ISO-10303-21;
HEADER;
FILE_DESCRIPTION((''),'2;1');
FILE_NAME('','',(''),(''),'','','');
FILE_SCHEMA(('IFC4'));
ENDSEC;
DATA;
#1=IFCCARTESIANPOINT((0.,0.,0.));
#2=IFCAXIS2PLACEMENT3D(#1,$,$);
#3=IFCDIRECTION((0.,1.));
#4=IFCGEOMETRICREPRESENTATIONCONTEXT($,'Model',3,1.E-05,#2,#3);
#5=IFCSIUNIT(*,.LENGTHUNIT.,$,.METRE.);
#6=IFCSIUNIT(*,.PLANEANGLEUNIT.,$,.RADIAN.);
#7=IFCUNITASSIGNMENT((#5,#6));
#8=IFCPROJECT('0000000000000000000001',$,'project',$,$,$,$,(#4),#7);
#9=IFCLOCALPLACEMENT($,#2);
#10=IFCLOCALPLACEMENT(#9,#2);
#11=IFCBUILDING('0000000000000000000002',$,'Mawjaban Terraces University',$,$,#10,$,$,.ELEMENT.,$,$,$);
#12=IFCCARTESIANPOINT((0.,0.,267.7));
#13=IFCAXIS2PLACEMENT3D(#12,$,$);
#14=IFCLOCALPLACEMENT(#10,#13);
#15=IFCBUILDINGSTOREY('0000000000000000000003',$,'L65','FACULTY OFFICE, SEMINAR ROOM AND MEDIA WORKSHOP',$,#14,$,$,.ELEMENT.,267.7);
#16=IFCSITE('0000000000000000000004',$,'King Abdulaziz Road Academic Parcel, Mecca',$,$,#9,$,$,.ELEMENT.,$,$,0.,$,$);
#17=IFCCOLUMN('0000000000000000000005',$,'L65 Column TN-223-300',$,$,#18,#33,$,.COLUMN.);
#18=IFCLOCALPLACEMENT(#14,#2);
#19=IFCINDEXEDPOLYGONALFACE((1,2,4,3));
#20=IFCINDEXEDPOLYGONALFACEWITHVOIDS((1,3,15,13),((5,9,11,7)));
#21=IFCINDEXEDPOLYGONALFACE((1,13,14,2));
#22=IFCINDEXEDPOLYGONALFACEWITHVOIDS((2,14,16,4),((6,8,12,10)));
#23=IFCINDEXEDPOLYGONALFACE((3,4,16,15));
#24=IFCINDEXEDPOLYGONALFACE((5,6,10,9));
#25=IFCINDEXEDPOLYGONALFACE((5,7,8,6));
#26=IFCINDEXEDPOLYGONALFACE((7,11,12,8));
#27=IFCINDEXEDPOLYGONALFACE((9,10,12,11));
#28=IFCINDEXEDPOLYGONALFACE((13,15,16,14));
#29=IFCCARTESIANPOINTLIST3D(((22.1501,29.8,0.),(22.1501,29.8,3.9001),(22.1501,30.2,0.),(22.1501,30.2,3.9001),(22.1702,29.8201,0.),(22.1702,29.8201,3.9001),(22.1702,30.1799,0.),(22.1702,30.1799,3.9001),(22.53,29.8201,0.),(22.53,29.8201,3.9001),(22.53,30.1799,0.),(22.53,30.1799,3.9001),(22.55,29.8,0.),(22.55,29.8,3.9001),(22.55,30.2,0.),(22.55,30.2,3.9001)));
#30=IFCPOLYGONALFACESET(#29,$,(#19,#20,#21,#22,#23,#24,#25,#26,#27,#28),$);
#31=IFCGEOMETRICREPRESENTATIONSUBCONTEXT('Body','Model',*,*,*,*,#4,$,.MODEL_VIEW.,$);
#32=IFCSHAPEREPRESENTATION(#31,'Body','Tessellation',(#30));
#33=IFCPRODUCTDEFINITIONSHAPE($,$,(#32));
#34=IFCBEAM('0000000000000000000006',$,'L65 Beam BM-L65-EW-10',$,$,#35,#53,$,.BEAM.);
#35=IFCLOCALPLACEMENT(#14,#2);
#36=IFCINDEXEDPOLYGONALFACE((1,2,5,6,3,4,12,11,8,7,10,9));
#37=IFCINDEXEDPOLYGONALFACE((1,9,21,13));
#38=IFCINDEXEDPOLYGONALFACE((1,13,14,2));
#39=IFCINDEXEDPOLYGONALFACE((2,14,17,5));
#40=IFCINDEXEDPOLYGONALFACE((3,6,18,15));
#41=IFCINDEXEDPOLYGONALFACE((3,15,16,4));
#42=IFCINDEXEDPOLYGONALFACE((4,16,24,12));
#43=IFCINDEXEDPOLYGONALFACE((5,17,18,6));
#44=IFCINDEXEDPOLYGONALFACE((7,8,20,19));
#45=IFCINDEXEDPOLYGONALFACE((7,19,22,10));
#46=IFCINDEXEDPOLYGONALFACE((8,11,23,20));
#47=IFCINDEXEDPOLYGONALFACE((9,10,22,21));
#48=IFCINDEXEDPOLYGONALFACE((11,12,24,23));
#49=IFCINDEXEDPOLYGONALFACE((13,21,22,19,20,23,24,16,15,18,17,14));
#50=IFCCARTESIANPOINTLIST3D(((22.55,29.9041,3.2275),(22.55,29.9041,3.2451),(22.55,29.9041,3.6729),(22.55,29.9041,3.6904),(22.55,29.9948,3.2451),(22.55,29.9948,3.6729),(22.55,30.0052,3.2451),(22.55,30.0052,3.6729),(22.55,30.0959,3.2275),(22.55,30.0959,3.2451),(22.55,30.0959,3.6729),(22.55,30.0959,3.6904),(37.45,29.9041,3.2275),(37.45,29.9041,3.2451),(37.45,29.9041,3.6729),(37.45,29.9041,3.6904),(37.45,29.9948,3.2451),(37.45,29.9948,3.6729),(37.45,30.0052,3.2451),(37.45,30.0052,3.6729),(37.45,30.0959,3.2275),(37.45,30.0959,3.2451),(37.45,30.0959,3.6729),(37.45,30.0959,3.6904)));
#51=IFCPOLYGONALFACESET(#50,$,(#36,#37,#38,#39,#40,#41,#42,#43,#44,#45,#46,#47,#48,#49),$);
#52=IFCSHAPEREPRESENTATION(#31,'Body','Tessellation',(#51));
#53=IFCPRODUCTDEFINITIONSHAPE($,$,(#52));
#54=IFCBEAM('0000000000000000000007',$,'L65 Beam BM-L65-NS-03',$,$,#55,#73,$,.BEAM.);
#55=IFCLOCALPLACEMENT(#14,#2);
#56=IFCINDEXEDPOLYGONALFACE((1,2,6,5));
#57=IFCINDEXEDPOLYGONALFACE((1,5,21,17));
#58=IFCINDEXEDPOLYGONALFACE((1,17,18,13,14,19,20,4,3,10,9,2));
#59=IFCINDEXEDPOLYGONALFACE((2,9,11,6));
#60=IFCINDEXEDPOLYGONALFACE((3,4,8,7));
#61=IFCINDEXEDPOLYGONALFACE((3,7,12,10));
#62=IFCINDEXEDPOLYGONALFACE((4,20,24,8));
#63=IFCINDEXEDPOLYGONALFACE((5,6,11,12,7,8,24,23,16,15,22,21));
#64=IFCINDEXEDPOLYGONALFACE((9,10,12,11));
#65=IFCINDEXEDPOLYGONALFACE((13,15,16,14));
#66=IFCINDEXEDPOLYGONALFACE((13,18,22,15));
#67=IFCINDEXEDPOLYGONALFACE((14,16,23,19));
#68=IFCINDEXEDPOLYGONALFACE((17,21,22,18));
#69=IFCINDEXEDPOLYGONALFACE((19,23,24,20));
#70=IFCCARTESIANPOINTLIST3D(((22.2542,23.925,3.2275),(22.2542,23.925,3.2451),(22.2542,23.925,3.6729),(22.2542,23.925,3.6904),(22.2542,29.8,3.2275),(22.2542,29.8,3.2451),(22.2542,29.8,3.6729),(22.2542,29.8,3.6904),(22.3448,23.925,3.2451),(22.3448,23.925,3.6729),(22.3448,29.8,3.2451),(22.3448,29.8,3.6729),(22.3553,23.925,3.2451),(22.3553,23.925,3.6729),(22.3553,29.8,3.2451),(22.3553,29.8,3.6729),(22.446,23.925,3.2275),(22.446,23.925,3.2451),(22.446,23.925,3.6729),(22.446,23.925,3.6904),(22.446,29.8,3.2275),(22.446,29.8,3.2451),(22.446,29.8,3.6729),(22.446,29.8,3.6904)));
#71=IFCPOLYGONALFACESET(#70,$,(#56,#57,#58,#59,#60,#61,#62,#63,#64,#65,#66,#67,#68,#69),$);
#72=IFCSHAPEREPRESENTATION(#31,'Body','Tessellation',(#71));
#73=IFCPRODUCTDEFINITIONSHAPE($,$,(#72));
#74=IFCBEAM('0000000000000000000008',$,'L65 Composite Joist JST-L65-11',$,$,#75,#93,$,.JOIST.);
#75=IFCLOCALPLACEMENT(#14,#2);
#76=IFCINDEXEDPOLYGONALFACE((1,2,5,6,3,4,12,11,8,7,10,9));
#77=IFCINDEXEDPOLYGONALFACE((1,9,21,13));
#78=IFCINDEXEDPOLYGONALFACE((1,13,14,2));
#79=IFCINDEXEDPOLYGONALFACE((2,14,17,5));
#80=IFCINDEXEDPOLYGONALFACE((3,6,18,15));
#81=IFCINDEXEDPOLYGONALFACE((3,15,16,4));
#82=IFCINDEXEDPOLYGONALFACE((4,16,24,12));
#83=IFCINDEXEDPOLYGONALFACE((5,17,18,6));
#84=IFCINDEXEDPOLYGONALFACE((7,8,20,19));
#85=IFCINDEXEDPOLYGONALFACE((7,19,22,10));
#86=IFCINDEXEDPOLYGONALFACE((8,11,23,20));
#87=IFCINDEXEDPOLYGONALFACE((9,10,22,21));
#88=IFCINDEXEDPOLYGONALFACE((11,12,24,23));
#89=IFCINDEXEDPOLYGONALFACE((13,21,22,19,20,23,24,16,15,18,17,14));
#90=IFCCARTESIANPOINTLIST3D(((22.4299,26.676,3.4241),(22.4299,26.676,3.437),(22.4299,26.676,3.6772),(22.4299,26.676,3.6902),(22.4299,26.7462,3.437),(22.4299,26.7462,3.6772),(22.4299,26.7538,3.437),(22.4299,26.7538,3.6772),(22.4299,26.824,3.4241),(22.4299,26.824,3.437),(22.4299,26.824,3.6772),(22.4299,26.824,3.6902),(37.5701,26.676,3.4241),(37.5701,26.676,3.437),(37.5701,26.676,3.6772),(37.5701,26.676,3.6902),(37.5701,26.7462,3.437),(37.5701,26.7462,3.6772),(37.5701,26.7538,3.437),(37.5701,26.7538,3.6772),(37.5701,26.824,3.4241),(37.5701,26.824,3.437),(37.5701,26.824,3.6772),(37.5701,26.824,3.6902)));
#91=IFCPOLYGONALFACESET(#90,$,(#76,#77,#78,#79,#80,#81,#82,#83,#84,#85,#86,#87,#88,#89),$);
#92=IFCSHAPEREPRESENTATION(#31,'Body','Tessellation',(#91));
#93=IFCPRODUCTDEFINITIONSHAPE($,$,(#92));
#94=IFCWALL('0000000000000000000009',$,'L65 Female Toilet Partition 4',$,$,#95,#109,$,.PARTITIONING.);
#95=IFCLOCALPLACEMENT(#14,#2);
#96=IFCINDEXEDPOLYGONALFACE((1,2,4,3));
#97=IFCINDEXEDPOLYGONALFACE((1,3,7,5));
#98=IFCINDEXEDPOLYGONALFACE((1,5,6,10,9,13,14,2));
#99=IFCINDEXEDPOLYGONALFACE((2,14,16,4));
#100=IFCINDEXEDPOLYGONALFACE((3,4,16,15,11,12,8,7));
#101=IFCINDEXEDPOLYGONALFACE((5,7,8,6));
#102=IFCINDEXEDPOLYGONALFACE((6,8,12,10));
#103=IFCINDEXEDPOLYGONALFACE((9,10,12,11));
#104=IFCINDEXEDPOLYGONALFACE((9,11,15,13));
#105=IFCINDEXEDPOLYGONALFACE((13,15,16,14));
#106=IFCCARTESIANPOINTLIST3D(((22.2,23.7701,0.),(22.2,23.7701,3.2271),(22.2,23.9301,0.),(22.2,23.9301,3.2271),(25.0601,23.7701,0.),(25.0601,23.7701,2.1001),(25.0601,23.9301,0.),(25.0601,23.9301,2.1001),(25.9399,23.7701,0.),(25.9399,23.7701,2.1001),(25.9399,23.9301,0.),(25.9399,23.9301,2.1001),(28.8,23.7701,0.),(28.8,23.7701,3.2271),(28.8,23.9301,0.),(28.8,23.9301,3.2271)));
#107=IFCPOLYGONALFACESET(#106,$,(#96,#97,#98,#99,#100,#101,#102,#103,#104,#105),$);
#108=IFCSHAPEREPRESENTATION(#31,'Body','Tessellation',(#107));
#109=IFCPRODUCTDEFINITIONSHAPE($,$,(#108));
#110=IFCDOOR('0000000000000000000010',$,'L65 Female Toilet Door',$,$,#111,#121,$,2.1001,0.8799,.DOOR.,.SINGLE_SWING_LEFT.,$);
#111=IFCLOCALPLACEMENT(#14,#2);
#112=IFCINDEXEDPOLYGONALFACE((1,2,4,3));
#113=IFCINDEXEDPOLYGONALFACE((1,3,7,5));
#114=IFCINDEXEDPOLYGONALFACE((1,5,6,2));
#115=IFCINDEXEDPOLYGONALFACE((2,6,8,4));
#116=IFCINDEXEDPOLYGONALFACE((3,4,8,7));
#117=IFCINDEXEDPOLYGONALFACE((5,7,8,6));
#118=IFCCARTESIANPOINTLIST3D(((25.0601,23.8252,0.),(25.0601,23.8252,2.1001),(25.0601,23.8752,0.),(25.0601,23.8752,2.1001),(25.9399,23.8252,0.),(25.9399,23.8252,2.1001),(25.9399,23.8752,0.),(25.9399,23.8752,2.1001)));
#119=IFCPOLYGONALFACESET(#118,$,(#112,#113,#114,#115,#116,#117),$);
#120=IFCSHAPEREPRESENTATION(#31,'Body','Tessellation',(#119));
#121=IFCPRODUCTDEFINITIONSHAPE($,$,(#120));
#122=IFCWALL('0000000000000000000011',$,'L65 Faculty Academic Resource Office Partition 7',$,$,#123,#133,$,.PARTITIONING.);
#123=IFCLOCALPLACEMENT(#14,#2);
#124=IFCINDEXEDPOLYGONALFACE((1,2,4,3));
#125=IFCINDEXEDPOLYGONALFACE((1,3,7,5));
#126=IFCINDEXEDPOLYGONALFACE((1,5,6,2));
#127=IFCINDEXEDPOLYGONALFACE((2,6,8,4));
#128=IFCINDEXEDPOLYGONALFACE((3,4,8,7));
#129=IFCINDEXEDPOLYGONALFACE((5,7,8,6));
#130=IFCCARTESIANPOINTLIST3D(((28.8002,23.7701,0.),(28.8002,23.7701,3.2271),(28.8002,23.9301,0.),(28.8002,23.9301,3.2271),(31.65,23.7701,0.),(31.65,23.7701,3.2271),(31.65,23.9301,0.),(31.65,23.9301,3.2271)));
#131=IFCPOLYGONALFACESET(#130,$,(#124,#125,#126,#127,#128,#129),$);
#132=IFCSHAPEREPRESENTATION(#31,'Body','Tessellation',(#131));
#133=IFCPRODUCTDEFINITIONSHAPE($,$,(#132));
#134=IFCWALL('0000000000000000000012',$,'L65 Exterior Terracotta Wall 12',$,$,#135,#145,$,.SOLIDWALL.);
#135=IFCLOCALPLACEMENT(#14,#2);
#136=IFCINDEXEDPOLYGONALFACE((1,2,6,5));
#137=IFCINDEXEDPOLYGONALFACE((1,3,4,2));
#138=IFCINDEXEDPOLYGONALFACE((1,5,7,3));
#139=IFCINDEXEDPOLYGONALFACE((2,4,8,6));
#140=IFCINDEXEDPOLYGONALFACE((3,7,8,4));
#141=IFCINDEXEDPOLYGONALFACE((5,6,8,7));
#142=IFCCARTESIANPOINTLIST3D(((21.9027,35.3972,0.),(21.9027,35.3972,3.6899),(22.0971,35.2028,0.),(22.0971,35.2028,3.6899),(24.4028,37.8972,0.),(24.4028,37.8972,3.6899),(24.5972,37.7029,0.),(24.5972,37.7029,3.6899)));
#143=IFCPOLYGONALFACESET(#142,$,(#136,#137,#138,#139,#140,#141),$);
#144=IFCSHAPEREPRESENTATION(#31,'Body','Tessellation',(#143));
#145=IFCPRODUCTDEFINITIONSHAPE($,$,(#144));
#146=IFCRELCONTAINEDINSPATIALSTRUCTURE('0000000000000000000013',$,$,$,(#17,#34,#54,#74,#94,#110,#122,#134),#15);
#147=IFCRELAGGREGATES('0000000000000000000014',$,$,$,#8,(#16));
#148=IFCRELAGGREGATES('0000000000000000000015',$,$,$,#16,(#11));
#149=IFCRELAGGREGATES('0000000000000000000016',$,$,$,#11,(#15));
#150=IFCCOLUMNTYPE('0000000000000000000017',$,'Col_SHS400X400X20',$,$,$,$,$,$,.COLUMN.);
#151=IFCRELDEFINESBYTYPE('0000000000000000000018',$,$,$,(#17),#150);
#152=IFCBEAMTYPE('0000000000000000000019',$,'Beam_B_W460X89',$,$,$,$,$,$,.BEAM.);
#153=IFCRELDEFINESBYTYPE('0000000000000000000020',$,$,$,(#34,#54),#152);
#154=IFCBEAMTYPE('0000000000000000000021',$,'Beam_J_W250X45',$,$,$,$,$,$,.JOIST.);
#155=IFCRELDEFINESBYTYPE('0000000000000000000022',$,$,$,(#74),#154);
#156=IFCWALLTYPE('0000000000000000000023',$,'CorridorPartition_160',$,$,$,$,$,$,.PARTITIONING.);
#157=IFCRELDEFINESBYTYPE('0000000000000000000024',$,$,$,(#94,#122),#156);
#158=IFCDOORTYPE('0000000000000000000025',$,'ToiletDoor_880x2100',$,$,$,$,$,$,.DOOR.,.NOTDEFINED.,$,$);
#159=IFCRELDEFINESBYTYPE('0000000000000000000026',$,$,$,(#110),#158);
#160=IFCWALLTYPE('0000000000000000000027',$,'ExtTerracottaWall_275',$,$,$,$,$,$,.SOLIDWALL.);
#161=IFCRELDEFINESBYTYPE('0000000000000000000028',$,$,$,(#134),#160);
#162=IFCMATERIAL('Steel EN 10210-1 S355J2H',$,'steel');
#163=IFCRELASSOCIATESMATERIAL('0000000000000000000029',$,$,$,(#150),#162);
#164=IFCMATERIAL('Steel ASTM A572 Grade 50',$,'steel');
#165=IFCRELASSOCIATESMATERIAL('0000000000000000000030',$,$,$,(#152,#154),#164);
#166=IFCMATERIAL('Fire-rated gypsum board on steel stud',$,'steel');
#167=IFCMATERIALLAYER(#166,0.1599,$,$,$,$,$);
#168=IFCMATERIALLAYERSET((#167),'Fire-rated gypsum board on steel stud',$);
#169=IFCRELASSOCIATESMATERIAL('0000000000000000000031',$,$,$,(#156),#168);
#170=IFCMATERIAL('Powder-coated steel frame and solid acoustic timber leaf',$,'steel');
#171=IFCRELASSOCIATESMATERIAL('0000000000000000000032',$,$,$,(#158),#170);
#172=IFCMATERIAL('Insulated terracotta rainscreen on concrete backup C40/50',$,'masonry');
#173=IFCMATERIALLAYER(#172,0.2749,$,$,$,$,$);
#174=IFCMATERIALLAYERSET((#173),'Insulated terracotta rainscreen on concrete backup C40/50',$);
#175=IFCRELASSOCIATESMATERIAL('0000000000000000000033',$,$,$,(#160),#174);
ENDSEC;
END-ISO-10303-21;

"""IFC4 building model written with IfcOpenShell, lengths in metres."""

from ifc_helpers import new_model, si_unit, direction, frame, frame_2d, origin, origin_2d, place, context, subcontext, project, spatial, rectangle, hollow_rectangle, i_section, extrude, material, layer, layer_set, material_profile, profile_set, type_object, element, fill, save


model = new_model("IFC4")

# Units and contexts
model_context = context("Model", 3, precision=1e-05, world=origin(), true_north=direction((0.0, 1.0)))
body_context = subcontext(model_context, "Body", "Model", "MODEL_VIEW")
ifc_project = project(units=[si_unit("LENGTHUNIT", "METRE"), si_unit("PLANEANGLEUNIT", "RADIAN")], contexts=[model_context])

# Site, building, storey
site_placement = place(None, origin())
site = spatial("IfcSite", under=ifc_project, at=site_placement, Name="King Abdulaziz Road Academic Parcel, Mecca", CompositionType="ELEMENT", RefElevation=0.0)
building_placement = place(site_placement, origin())
building = spatial("IfcBuilding", under=site, at=building_placement, Name="Mawjaban Terraces University", CompositionType="ELEMENT")
storey_placement = place(building_placement, frame((0.0, 0.0, 267.7)))
storey = spatial("IfcBuildingStorey", under=building, at=storey_placement, Name="L65", Description="FACULTY OFFICE, SEMINAR ROOM AND MEDIA WORKSHOP", CompositionType="ELEMENT", Elevation=267.7)

# Column
ifc_material_1 = material(Name="Steel EN 10210-1 S355J2H", Category="steel")
ifc_material_profile_1 = material_profile(ifc_material_1, hollow_rectangle(XDim=0.3999, YDim=0.3999, WallThickness=0.02, at=origin_2d()), Name="SHS400X400X20")
ifc_profile_set_1 = profile_set([ifc_material_profile_1], Name="Steel EN 10210-1 S355J2H")
column_type = type_object("IfcColumnType", Name="Col_SHS400X400X20", PredefinedType="COLUMN", material=ifc_profile_set_1)
column_placement = place(storey_placement, frame((22.3501, 30.0, 0.0), z_axis=(0.0, 0.0, 1.0), x_axis=(1.0, 0.0, 0.0)))
element("IfcColumn", 1, at=column_placement, inside=storey, type_object=column_type, Name="L65 Column TN-223-300", PredefinedType="COLUMN", context=body_context, shape_type="SweptSolid", body=[
    extrude(hollow_rectangle(XDim=0.3999, YDim=0.3999, WallThickness=0.02, at=origin_2d()), origin(), (0.0, 0.0, 1.0), 3.9001),
])

# Beams
ifc_material_2 = material(Name="Steel ASTM A572 Grade 50", Category="steel")
ifc_material_profile_2 = material_profile(ifc_material_2, i_section(OverallWidth=0.1919, OverallDepth=0.4629, WebThickness=0.0105, FlangeThickness=0.0176, at=origin_2d()), Name="W460X89")
ifc_profile_set_2 = profile_set([ifc_material_profile_2], Name="Steel ASTM A572 Grade 50")
beam_type_1 = type_object("IfcBeamType", Name="Beam_B_W460X89", PredefinedType="BEAM", material=ifc_profile_set_2)
beam_1_placement = place(storey_placement, frame((22.55, 30.0, 3.459), z_axis=(1.0, 0.0, 0.0), x_axis=(0.0, 1.0, 0.0)))
element("IfcBeam", 2, at=beam_1_placement, inside=storey, type_object=beam_type_1, Name="L65 Beam BM-L65-EW-10", PredefinedType="BEAM", context=body_context, shape_type="SweptSolid", body=[
    extrude(i_section(OverallWidth=0.1919, OverallDepth=0.4629, WebThickness=0.0105, FlangeThickness=0.0176, at=origin_2d()), origin(), (0.0, 0.0, 1.0), 14.8999),
])
beam_2_placement = place(storey_placement, frame((22.3501, 23.925, 3.459), z_axis=(0.0, 1.0, 0.0), x_axis=(-1.0, 0.0, 0.0)))
element("IfcBeam", 3, at=beam_2_placement, inside=storey, type_object=beam_type_1, Name="L65 Beam BM-L65-NS-03", PredefinedType="BEAM", context=body_context, shape_type="SweptSolid", body=[
    extrude(i_section(OverallWidth=0.1919, OverallDepth=0.4629, WebThickness=0.0105, FlangeThickness=0.0176, at=origin_2d()), origin(), (0.0, 0.0, 1.0), 5.875),
])
ifc_material_profile_3 = material_profile(ifc_material_2, i_section(OverallWidth=0.1479, OverallDepth=0.2661, WebThickness=0.0076, FlangeThickness=0.0129, at=origin_2d()), Name="W250X45")
ifc_profile_set_3 = profile_set([ifc_material_profile_3], Name="Steel ASTM A572 Grade 50")
beam_type_2 = type_object("IfcBeamType", Name="Beam_J_W250X45", PredefinedType="JOIST", material=ifc_profile_set_3)
beam_3_placement = place(storey_placement, frame((22.4299, 26.75, 3.5571), z_axis=(1.0, 0.0, 0.0), x_axis=(0.0, 1.0, 0.0)))
element("IfcBeam", 4, at=beam_3_placement, inside=storey, type_object=beam_type_2, Name="L65 Composite Joist JST-L65-11", PredefinedType="JOIST", context=body_context, shape_type="SweptSolid", body=[
    extrude(i_section(OverallWidth=0.1479, OverallDepth=0.2661, WebThickness=0.0076, FlangeThickness=0.0129, at=origin_2d()), origin(), (0.0, 0.0, 1.0), 15.1401),
])

# Wall, opening, door
ifc_material_3 = material(Name="Fire-rated gypsum board on steel stud", Category="steel")
ifc_layer_1 = layer(ifc_material_3, 0.1599)
ifc_layer_set_1 = layer_set([ifc_layer_1], Name="Fire-rated gypsum board on steel stud")
wall_type_1 = type_object("IfcWallType", Name="CorridorPartition_160", PredefinedType="PARTITIONING", material=ifc_layer_set_1)
wall_1_placement = place(storey_placement, frame((28.8, 23.8501, 0.0), z_axis=(0.0, 0.0, 1.0), x_axis=(-1.0, 0.0, 0.0)))
wall_1 = element("IfcWall", 5, at=wall_1_placement, inside=storey, type_object=wall_type_1, Name="L65 Female Toilet Partition 4", PredefinedType="PARTITIONING", context=body_context, shape_type="SweptSolid", body=[
    extrude(rectangle(XDim=6.6001, YDim=0.1599, at=frame_2d((3.3, 0.0))), origin(), (0.0, 0.0, 1.0), 3.2271),
])
opening_1_placement = place(wall_1_placement, frame((2.8601, 0.0, 0.0)))
opening_1 = element("IfcOpeningElement", 6, at=opening_1_placement, cuts=wall_1, PredefinedType="OPENING", context=body_context, shape_type="SweptSolid", body=[
    extrude(rectangle(XDim=0.8799, YDim=2.1001, at=frame_2d((0.4399, 1.05))), frame((0.0, 0.0898, 0.0), z_axis=(0.0, -1.0, 0.0), x_axis=(1.0, 0.0, 0.0)), (0.0, 0.0, 1.0), 0.1799),
])
ifc_material_4 = material(Name="Powder-coated steel frame and solid acoustic timber leaf", Category="steel")
door_type_1 = type_object("IfcDoorType", Name="ToiletDoor_880x2100", OperationType="NOTDEFINED", PredefinedType="DOOR", material=ifc_material_4)
door_1_placement = place(opening_1_placement, origin())
door_1 = element("IfcDoor", 7, at=door_1_placement, inside=storey, type_object=door_type_1, Name="L65 Female Toilet Door", OperationType="SINGLE_SWING_LEFT", OverallHeight=2.1001, OverallWidth=0.8799, PredefinedType="DOOR", context=body_context, shape_type="SweptSolid", body=[
    extrude(rectangle(XDim=0.8799, YDim=2.1001, at=frame_2d((0.4399, 1.05))), frame((0.0, 0.0249, 0.0), z_axis=(0.0, -1.0, 0.0), x_axis=(1.0, 0.0, 0.0)), (0.0, 0.0, 1.0), 0.05),
])
fill(opening_1, door_1)

# Walls
wall_2_placement = place(storey_placement, frame((31.6499, 23.8501, 0.0), z_axis=(0.0, 0.0, 1.0), x_axis=(-1.0, 0.0, 0.0)))
element("IfcWall", 8, at=wall_2_placement, inside=storey, type_object=wall_type_1, Name="L65 Faculty Academic Resource Office Partition 7", PredefinedType="PARTITIONING", context=body_context, shape_type="SweptSolid", body=[
    extrude(rectangle(XDim=2.8499, YDim=0.1599, at=frame_2d((1.4248, 0.0))), origin(), (0.0, 0.0, 1.0), 3.2271),
])
ifc_material_5 = material(Name="Insulated terracotta rainscreen on concrete backup C40/50", Category="masonry")
ifc_layer_2 = layer(ifc_material_5, 0.2749)
ifc_layer_set_2 = layer_set([ifc_layer_2], Name="Insulated terracotta rainscreen on concrete backup C40/50")
wall_type_2 = type_object("IfcWallType", Name="ExtTerracottaWall_275", PredefinedType="SOLIDWALL", material=ifc_layer_set_2)
wall_3_placement = place(storey_placement, frame((24.5, 37.8, 0.0), z_axis=(0.0, 0.0, 1.0), x_axis=(-0.707107, -0.707107, 0.0)))
element("IfcWall", 9, at=wall_3_placement, inside=storey, type_object=wall_type_2, Name="L65 Exterior Terracotta Wall 12", PredefinedType="SOLIDWALL", context=body_context, shape_type="SweptSolid", body=[
    extrude(rectangle(XDim=3.5356, YDim=0.2749, at=frame_2d((1.7678, 0.0))), origin(), (0.0, 0.0, 1.0), 3.6899),
])

save(model, "model.ifc")
